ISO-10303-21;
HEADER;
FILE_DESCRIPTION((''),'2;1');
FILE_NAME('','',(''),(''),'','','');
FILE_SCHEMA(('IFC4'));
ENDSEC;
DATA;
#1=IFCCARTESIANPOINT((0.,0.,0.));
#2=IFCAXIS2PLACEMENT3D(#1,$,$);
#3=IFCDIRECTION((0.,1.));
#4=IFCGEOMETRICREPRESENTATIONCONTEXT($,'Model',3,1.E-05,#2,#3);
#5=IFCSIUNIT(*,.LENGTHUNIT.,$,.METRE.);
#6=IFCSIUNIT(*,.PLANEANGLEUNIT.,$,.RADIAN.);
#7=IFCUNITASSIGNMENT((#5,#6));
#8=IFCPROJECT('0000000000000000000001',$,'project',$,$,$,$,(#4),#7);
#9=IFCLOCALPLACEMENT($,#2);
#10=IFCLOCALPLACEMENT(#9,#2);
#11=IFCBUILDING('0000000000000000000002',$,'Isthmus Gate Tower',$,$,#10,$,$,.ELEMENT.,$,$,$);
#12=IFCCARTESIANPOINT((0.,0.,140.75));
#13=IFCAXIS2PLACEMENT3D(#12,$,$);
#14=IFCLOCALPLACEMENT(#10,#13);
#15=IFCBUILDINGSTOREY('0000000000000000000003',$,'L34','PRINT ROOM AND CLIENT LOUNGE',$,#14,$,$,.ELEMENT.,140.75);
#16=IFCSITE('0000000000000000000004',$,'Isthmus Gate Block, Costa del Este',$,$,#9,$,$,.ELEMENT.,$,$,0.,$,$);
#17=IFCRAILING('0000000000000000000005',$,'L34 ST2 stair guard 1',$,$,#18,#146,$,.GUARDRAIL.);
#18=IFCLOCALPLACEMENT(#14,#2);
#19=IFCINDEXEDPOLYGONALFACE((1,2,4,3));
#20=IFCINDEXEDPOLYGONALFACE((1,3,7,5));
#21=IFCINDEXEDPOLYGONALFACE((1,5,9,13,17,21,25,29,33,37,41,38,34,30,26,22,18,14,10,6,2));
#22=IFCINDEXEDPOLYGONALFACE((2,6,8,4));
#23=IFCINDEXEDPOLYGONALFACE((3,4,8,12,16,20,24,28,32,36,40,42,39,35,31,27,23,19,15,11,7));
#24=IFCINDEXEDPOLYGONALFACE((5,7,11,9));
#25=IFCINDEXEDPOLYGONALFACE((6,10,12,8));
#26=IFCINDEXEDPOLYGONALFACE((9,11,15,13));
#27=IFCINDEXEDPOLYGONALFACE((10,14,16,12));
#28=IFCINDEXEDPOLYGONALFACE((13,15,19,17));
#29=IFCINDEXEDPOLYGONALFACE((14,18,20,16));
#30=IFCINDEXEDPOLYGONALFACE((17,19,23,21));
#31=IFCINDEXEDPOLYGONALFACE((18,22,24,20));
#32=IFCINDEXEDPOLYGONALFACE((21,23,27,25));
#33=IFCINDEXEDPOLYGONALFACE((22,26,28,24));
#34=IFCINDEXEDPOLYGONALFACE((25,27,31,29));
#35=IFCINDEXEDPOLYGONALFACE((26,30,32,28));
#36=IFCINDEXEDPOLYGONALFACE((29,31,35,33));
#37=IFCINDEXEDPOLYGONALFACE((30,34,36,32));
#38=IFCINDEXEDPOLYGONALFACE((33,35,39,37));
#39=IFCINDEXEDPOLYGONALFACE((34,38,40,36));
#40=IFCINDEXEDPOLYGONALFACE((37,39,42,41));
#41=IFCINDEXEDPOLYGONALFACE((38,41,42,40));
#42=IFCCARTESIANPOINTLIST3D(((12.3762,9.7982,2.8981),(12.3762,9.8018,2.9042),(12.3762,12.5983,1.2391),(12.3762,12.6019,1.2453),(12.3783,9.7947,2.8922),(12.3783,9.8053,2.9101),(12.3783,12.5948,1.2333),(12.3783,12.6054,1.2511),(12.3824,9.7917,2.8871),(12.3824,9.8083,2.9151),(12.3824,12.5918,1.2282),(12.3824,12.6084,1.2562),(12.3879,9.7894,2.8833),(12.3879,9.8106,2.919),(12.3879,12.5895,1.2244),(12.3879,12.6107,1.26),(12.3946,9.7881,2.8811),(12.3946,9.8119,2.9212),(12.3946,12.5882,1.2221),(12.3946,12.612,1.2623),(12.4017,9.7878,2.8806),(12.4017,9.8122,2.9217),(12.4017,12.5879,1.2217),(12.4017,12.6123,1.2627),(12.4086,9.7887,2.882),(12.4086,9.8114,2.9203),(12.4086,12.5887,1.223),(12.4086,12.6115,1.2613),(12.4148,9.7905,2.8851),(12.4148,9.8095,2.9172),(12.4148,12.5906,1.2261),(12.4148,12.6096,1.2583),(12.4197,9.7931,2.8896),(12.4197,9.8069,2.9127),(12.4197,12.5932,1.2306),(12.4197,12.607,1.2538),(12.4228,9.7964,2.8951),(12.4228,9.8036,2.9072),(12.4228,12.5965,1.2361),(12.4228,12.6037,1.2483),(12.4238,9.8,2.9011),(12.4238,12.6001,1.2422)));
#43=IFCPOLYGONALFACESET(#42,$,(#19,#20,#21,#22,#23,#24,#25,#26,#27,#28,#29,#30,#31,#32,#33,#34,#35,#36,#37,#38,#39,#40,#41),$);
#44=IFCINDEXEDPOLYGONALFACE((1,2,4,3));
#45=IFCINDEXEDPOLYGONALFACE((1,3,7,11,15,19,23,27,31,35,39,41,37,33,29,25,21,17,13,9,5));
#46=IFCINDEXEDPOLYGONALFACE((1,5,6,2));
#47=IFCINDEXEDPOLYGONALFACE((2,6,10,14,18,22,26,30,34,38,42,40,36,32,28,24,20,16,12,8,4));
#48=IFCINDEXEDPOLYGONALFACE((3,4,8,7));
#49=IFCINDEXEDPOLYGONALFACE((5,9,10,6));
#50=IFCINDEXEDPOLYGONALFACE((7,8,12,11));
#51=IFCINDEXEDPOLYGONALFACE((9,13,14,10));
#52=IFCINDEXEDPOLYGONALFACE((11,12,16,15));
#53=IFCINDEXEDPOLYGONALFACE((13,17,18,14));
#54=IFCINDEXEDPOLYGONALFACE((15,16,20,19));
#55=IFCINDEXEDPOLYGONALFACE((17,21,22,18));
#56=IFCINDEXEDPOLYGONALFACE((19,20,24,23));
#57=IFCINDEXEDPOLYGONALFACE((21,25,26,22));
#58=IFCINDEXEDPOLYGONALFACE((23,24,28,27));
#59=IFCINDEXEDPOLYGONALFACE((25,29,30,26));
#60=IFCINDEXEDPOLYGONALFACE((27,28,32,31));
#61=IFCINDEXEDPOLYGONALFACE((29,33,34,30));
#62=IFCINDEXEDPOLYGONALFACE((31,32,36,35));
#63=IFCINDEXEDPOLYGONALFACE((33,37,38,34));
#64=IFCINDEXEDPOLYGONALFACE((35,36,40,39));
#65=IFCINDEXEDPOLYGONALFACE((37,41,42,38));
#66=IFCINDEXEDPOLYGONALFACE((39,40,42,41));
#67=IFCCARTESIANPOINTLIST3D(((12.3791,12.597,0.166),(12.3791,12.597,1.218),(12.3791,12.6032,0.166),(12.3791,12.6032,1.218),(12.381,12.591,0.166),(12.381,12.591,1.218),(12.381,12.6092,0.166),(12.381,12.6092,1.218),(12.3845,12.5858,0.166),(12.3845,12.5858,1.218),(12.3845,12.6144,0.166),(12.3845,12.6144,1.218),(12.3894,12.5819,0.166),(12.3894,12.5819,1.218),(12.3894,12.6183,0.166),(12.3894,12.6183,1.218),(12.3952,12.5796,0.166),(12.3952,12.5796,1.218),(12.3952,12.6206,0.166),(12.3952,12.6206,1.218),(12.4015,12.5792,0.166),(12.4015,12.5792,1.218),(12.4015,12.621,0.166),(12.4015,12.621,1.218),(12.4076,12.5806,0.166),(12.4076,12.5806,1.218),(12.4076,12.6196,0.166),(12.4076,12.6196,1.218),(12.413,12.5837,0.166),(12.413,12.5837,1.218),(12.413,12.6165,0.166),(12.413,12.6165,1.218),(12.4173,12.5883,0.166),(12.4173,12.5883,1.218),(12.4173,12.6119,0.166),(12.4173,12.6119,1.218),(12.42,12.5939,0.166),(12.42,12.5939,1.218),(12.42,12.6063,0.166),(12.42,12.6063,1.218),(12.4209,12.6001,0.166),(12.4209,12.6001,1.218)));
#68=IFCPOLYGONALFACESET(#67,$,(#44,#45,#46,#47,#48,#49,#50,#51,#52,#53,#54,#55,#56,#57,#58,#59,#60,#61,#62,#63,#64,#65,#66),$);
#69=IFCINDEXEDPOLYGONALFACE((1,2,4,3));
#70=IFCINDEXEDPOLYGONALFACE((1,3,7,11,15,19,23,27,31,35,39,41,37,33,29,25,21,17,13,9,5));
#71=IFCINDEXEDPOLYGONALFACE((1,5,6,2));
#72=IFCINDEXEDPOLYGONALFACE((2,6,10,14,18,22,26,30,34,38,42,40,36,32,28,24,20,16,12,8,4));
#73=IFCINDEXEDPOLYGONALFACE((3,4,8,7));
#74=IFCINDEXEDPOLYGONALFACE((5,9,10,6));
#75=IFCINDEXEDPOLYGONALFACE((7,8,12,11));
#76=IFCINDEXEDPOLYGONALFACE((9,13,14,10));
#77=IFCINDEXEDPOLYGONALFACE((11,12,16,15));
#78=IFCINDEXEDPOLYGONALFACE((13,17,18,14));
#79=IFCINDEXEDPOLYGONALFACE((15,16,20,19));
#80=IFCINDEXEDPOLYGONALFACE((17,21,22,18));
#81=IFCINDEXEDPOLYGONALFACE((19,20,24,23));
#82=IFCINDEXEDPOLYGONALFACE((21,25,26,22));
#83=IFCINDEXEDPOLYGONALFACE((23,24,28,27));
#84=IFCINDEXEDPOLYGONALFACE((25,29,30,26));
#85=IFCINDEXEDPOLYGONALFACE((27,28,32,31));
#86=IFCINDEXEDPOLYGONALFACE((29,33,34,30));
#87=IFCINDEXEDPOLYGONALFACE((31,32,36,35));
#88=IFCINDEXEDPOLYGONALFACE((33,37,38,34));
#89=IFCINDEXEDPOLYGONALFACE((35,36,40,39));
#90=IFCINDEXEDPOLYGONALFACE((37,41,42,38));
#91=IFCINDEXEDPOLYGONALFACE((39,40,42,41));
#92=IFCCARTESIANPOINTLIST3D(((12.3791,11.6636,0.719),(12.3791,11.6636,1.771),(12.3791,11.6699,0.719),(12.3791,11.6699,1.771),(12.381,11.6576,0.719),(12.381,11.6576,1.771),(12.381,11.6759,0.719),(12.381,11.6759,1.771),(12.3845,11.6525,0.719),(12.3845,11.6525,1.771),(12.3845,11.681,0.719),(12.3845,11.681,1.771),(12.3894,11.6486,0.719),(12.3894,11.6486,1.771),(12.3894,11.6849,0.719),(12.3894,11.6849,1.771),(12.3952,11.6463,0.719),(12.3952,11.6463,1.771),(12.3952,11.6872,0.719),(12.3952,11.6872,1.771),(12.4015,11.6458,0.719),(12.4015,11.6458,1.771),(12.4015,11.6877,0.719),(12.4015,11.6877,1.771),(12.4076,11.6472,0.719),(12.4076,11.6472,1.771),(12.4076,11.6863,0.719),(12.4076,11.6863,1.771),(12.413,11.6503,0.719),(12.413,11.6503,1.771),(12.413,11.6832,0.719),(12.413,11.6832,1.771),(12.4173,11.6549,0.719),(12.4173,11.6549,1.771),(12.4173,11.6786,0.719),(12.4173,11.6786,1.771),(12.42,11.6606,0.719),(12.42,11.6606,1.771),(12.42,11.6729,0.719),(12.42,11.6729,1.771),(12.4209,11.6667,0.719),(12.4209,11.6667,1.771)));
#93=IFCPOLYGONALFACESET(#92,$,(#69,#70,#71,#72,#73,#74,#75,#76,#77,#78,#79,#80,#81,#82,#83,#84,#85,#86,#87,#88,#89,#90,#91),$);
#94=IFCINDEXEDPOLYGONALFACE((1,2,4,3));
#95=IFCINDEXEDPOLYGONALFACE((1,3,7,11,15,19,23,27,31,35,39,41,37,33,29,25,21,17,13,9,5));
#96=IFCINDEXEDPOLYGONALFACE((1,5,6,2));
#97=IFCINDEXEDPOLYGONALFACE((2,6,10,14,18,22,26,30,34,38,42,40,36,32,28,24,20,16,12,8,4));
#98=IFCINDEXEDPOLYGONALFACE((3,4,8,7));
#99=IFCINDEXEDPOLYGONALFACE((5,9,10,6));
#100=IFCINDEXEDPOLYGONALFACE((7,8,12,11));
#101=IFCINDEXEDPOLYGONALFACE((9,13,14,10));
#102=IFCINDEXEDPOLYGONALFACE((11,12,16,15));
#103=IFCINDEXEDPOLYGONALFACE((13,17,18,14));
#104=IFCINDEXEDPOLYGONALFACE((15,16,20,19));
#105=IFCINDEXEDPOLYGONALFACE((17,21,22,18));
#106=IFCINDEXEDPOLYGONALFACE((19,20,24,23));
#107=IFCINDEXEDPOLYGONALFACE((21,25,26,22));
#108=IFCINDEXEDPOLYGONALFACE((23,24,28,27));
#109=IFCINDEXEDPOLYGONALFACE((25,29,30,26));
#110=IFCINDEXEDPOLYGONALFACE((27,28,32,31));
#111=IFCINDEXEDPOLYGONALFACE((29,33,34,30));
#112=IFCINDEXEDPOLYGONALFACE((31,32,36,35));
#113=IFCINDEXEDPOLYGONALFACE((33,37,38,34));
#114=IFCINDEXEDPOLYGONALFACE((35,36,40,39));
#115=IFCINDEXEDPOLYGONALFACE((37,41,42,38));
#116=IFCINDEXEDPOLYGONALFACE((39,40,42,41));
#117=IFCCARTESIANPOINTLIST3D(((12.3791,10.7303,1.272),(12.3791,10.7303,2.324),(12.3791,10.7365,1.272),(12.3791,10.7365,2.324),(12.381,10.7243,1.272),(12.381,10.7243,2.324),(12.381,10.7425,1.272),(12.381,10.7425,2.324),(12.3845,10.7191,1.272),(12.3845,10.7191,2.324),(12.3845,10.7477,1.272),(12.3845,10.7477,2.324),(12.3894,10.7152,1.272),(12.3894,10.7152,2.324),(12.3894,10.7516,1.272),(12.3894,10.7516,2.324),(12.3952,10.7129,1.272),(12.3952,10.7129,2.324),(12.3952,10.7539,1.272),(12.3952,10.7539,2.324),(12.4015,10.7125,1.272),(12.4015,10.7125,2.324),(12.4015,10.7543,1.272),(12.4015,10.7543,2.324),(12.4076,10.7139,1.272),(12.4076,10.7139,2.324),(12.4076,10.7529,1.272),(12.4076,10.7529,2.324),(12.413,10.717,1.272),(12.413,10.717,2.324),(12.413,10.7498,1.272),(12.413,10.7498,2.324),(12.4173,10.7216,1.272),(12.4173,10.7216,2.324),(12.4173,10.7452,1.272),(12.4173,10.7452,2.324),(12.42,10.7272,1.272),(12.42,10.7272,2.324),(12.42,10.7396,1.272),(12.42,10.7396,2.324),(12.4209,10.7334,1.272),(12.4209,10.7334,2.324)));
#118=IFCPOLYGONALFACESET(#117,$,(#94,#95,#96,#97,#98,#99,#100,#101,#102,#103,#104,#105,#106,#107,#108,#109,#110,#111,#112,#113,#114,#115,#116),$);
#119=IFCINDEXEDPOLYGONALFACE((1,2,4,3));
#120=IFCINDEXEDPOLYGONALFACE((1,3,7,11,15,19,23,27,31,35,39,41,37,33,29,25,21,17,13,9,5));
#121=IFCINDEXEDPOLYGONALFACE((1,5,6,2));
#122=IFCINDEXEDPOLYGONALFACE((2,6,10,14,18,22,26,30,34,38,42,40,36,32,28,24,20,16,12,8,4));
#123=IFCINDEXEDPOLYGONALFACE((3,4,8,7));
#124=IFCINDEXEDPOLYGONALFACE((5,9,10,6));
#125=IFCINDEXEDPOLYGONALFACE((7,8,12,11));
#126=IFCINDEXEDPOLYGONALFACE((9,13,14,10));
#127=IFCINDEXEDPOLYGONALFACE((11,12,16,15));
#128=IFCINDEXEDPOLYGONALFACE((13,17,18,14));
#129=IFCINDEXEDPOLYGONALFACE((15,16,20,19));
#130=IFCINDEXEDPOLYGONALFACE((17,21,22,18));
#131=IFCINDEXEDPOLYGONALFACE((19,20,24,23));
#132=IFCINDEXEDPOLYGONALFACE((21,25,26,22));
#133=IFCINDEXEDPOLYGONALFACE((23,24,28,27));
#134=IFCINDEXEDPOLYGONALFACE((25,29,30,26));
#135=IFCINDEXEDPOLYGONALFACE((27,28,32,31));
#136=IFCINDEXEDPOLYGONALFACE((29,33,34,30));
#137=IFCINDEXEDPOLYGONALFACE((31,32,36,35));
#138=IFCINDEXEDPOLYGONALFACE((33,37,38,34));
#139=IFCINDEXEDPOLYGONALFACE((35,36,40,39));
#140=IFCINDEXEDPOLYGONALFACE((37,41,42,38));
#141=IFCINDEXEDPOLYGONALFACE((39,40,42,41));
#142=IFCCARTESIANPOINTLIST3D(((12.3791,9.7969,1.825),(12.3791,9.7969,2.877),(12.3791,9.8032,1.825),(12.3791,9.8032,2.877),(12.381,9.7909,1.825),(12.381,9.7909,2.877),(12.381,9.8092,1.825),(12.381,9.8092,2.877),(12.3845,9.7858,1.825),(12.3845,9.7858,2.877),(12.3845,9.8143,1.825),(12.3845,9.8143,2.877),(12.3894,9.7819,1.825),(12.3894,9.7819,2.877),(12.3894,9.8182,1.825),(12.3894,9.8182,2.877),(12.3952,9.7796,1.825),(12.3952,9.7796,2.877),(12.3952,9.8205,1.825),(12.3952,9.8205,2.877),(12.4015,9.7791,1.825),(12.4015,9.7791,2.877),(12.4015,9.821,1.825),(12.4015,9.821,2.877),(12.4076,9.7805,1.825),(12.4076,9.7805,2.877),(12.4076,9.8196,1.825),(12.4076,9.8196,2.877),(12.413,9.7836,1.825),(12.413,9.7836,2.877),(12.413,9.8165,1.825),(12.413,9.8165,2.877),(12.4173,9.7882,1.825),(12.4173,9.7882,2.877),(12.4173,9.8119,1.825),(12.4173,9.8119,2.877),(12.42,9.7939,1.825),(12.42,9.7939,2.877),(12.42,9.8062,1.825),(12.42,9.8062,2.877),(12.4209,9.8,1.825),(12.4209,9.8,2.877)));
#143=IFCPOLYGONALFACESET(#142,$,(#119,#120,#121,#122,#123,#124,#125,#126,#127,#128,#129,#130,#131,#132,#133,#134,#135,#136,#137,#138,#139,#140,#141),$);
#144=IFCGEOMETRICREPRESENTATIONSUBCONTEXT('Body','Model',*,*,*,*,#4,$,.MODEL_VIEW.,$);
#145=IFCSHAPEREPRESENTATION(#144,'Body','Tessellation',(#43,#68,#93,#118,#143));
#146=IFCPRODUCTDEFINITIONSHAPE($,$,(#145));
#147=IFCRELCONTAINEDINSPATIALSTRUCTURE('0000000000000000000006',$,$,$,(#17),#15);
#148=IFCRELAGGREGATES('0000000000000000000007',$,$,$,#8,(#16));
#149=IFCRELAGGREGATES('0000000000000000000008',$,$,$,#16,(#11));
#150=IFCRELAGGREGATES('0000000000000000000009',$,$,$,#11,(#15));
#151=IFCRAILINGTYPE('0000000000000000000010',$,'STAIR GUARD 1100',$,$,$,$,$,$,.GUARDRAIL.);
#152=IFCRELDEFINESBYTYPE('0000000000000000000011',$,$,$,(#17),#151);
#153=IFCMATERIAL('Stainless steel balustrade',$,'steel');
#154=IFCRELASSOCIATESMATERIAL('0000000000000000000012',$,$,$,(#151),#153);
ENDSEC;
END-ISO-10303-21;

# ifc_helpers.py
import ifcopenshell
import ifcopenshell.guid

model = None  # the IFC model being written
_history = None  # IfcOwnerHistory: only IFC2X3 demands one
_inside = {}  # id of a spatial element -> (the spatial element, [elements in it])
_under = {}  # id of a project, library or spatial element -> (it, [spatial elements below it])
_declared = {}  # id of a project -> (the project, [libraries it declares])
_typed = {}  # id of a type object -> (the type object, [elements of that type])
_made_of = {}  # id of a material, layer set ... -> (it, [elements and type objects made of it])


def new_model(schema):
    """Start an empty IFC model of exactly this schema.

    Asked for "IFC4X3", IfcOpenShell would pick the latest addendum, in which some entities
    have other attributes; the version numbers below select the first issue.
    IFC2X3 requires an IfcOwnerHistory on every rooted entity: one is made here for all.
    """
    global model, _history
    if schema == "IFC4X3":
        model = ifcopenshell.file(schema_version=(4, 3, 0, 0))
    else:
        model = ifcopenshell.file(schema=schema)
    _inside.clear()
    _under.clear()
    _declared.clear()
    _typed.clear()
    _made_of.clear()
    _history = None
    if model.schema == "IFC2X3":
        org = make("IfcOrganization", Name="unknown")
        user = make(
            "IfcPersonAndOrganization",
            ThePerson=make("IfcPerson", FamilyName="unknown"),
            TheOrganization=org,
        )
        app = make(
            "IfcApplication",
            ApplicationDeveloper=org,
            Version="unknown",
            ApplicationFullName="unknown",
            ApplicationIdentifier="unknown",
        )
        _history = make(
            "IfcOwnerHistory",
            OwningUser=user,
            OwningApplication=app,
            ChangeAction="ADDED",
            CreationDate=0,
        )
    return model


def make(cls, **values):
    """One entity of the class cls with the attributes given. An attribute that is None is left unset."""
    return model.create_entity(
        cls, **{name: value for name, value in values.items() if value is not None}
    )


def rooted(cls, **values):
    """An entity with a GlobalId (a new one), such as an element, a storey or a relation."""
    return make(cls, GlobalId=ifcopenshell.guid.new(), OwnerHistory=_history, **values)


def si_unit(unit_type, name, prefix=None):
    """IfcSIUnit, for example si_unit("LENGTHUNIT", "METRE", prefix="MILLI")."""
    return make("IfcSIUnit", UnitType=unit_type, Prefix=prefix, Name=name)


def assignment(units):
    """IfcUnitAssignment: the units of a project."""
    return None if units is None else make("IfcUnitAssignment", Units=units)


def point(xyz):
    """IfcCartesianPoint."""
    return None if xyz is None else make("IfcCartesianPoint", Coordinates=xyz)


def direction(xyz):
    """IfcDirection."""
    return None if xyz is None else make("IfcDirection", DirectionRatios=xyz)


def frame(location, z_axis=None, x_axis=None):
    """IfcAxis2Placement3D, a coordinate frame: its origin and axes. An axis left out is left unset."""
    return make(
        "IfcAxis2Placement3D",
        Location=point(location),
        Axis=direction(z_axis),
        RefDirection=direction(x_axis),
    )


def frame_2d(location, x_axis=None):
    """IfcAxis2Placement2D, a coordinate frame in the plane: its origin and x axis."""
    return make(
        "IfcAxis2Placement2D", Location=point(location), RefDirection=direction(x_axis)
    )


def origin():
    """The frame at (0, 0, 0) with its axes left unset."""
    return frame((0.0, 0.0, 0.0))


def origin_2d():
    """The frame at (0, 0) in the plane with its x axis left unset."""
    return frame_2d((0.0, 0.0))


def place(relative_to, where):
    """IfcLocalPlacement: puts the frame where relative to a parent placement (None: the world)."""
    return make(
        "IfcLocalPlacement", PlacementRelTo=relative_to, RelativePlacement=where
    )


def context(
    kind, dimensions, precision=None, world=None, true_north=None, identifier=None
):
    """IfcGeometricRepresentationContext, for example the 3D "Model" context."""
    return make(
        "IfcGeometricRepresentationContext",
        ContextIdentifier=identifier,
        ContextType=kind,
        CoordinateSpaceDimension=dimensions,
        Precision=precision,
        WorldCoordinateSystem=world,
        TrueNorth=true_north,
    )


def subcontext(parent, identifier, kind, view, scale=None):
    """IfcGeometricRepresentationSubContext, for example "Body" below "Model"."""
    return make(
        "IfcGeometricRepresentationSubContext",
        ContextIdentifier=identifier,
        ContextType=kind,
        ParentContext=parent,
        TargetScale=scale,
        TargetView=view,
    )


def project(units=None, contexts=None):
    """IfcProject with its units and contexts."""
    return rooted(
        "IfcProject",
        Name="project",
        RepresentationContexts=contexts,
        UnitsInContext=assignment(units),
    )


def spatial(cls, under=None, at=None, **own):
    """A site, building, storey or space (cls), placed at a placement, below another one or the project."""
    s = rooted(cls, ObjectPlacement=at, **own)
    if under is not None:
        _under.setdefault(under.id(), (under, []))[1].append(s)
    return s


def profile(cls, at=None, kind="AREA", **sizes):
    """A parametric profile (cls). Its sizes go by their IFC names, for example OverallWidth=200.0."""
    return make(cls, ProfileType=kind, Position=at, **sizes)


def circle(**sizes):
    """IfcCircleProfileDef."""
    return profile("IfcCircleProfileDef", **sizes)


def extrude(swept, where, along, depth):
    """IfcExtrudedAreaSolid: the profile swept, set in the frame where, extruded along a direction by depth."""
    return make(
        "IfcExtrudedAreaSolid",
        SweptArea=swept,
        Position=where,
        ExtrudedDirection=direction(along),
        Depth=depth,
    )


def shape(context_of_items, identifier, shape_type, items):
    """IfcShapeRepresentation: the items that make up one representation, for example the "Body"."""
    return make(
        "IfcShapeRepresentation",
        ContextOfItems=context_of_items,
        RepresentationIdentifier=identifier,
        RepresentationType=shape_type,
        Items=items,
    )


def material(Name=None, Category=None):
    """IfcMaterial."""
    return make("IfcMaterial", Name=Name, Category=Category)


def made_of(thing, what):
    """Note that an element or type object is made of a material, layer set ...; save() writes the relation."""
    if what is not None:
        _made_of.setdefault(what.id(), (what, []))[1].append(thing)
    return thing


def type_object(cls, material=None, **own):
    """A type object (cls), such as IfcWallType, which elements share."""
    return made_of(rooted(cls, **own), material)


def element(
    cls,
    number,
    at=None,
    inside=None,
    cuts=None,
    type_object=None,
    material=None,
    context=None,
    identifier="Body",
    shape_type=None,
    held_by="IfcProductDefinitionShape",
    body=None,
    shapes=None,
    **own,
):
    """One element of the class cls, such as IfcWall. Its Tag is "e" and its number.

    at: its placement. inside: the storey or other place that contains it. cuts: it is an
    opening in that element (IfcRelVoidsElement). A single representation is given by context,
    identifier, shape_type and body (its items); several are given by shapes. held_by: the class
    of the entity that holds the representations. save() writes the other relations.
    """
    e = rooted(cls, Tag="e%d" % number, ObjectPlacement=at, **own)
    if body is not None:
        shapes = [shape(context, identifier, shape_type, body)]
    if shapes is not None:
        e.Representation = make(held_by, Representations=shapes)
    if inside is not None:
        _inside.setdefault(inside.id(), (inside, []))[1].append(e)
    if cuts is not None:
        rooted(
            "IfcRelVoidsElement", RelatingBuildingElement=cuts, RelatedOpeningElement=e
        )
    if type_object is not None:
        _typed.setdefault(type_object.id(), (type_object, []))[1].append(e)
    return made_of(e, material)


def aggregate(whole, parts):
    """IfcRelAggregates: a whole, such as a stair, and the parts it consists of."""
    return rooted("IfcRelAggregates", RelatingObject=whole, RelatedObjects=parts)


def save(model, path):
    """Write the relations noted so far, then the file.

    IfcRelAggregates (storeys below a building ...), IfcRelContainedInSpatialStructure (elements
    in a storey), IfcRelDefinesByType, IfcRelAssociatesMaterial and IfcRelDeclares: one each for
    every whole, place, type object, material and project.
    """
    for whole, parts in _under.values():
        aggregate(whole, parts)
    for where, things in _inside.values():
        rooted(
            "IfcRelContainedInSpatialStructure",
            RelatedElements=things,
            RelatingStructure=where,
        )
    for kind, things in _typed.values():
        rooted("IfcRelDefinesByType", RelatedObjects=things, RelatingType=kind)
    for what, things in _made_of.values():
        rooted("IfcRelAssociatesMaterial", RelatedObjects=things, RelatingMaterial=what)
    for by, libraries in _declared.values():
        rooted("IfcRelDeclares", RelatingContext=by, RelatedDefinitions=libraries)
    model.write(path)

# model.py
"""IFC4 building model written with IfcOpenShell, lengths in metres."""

from ifc_helpers import new_model, si_unit, direction, frame, origin, origin_2d, place, context, subcontext, project, spatial, circle, extrude, material, type_object, element, save


model = new_model("IFC4")

# Units and contexts
model_context = context("Model", 3, precision=1e-05, world=origin(), true_north=direction((0.0, 1.0)))
body_context = subcontext(model_context, "Body", "Model", "MODEL_VIEW")
ifc_project = project(units=[si_unit("LENGTHUNIT", "METRE"), si_unit("PLANEANGLEUNIT", "RADIAN")], contexts=[model_context])

# Site, building, storey
site_placement = place(None, origin())
site = spatial("IfcSite", under=ifc_project, at=site_placement, Name="Isthmus Gate Block, Costa del Este", CompositionType="ELEMENT", RefElevation=0.0)
building_placement = place(site_placement, origin())
building = spatial("IfcBuilding", under=site, at=building_placement, Name="Isthmus Gate Tower", CompositionType="ELEMENT")
storey_placement = place(building_placement, frame((0.0, 0.0, 140.75)))
storey = spatial("IfcBuildingStorey", under=building, at=storey_placement, Name="L34", Description="PRINT ROOM AND CLIENT LOUNGE", CompositionType="ELEMENT", Elevation=140.75)

# Railing
ifc_material_1 = material(Name="Stainless steel balustrade", Category="steel")
railing_type = type_object("IfcRailingType", Name="STAIR GUARD 1100", PredefinedType="GUARDRAIL", material=ifc_material_1)
railing_1_placement = place(storey_placement, frame((12.3999, 12.6001, 0.166)))
element("IfcRailing", 1, at=railing_1_placement, inside=storey, type_object=railing_type, Name="L34 ST2 stair guard 1", PredefinedType="GUARDRAIL", context=body_context, shape_type="SweptSolid", body=[
    extrude(circle(Radius=0.0239, at=origin_2d()), frame((0.0, 0.0, 1.0762), z_axis=(0.0, -0.860339, 0.509722), x_axis=(1.0, 0.0, 0.0)), (0.0, 0.0, 1.0), 3.2546),
    extrude(circle(Radius=0.021, at=origin_2d()), origin(), (0.0, 0.0, 1.0), 1.052),
    extrude(circle(Radius=0.021, at=origin_2d()), frame((0.0, -0.9333, 0.553)), (0.0, 0.0, 1.0), 1.052),
    extrude(circle(Radius=0.021, at=origin_2d()), frame((0.0, -1.8667, 1.106)), (0.0, 0.0, 1.0), 1.052),
    extrude(circle(Radius=0.021, at=origin_2d()), frame((0.0, -2.8, 1.6589)), (0.0, 0.0, 1.0), 1.052),
])

save(model, "model.ifc")
